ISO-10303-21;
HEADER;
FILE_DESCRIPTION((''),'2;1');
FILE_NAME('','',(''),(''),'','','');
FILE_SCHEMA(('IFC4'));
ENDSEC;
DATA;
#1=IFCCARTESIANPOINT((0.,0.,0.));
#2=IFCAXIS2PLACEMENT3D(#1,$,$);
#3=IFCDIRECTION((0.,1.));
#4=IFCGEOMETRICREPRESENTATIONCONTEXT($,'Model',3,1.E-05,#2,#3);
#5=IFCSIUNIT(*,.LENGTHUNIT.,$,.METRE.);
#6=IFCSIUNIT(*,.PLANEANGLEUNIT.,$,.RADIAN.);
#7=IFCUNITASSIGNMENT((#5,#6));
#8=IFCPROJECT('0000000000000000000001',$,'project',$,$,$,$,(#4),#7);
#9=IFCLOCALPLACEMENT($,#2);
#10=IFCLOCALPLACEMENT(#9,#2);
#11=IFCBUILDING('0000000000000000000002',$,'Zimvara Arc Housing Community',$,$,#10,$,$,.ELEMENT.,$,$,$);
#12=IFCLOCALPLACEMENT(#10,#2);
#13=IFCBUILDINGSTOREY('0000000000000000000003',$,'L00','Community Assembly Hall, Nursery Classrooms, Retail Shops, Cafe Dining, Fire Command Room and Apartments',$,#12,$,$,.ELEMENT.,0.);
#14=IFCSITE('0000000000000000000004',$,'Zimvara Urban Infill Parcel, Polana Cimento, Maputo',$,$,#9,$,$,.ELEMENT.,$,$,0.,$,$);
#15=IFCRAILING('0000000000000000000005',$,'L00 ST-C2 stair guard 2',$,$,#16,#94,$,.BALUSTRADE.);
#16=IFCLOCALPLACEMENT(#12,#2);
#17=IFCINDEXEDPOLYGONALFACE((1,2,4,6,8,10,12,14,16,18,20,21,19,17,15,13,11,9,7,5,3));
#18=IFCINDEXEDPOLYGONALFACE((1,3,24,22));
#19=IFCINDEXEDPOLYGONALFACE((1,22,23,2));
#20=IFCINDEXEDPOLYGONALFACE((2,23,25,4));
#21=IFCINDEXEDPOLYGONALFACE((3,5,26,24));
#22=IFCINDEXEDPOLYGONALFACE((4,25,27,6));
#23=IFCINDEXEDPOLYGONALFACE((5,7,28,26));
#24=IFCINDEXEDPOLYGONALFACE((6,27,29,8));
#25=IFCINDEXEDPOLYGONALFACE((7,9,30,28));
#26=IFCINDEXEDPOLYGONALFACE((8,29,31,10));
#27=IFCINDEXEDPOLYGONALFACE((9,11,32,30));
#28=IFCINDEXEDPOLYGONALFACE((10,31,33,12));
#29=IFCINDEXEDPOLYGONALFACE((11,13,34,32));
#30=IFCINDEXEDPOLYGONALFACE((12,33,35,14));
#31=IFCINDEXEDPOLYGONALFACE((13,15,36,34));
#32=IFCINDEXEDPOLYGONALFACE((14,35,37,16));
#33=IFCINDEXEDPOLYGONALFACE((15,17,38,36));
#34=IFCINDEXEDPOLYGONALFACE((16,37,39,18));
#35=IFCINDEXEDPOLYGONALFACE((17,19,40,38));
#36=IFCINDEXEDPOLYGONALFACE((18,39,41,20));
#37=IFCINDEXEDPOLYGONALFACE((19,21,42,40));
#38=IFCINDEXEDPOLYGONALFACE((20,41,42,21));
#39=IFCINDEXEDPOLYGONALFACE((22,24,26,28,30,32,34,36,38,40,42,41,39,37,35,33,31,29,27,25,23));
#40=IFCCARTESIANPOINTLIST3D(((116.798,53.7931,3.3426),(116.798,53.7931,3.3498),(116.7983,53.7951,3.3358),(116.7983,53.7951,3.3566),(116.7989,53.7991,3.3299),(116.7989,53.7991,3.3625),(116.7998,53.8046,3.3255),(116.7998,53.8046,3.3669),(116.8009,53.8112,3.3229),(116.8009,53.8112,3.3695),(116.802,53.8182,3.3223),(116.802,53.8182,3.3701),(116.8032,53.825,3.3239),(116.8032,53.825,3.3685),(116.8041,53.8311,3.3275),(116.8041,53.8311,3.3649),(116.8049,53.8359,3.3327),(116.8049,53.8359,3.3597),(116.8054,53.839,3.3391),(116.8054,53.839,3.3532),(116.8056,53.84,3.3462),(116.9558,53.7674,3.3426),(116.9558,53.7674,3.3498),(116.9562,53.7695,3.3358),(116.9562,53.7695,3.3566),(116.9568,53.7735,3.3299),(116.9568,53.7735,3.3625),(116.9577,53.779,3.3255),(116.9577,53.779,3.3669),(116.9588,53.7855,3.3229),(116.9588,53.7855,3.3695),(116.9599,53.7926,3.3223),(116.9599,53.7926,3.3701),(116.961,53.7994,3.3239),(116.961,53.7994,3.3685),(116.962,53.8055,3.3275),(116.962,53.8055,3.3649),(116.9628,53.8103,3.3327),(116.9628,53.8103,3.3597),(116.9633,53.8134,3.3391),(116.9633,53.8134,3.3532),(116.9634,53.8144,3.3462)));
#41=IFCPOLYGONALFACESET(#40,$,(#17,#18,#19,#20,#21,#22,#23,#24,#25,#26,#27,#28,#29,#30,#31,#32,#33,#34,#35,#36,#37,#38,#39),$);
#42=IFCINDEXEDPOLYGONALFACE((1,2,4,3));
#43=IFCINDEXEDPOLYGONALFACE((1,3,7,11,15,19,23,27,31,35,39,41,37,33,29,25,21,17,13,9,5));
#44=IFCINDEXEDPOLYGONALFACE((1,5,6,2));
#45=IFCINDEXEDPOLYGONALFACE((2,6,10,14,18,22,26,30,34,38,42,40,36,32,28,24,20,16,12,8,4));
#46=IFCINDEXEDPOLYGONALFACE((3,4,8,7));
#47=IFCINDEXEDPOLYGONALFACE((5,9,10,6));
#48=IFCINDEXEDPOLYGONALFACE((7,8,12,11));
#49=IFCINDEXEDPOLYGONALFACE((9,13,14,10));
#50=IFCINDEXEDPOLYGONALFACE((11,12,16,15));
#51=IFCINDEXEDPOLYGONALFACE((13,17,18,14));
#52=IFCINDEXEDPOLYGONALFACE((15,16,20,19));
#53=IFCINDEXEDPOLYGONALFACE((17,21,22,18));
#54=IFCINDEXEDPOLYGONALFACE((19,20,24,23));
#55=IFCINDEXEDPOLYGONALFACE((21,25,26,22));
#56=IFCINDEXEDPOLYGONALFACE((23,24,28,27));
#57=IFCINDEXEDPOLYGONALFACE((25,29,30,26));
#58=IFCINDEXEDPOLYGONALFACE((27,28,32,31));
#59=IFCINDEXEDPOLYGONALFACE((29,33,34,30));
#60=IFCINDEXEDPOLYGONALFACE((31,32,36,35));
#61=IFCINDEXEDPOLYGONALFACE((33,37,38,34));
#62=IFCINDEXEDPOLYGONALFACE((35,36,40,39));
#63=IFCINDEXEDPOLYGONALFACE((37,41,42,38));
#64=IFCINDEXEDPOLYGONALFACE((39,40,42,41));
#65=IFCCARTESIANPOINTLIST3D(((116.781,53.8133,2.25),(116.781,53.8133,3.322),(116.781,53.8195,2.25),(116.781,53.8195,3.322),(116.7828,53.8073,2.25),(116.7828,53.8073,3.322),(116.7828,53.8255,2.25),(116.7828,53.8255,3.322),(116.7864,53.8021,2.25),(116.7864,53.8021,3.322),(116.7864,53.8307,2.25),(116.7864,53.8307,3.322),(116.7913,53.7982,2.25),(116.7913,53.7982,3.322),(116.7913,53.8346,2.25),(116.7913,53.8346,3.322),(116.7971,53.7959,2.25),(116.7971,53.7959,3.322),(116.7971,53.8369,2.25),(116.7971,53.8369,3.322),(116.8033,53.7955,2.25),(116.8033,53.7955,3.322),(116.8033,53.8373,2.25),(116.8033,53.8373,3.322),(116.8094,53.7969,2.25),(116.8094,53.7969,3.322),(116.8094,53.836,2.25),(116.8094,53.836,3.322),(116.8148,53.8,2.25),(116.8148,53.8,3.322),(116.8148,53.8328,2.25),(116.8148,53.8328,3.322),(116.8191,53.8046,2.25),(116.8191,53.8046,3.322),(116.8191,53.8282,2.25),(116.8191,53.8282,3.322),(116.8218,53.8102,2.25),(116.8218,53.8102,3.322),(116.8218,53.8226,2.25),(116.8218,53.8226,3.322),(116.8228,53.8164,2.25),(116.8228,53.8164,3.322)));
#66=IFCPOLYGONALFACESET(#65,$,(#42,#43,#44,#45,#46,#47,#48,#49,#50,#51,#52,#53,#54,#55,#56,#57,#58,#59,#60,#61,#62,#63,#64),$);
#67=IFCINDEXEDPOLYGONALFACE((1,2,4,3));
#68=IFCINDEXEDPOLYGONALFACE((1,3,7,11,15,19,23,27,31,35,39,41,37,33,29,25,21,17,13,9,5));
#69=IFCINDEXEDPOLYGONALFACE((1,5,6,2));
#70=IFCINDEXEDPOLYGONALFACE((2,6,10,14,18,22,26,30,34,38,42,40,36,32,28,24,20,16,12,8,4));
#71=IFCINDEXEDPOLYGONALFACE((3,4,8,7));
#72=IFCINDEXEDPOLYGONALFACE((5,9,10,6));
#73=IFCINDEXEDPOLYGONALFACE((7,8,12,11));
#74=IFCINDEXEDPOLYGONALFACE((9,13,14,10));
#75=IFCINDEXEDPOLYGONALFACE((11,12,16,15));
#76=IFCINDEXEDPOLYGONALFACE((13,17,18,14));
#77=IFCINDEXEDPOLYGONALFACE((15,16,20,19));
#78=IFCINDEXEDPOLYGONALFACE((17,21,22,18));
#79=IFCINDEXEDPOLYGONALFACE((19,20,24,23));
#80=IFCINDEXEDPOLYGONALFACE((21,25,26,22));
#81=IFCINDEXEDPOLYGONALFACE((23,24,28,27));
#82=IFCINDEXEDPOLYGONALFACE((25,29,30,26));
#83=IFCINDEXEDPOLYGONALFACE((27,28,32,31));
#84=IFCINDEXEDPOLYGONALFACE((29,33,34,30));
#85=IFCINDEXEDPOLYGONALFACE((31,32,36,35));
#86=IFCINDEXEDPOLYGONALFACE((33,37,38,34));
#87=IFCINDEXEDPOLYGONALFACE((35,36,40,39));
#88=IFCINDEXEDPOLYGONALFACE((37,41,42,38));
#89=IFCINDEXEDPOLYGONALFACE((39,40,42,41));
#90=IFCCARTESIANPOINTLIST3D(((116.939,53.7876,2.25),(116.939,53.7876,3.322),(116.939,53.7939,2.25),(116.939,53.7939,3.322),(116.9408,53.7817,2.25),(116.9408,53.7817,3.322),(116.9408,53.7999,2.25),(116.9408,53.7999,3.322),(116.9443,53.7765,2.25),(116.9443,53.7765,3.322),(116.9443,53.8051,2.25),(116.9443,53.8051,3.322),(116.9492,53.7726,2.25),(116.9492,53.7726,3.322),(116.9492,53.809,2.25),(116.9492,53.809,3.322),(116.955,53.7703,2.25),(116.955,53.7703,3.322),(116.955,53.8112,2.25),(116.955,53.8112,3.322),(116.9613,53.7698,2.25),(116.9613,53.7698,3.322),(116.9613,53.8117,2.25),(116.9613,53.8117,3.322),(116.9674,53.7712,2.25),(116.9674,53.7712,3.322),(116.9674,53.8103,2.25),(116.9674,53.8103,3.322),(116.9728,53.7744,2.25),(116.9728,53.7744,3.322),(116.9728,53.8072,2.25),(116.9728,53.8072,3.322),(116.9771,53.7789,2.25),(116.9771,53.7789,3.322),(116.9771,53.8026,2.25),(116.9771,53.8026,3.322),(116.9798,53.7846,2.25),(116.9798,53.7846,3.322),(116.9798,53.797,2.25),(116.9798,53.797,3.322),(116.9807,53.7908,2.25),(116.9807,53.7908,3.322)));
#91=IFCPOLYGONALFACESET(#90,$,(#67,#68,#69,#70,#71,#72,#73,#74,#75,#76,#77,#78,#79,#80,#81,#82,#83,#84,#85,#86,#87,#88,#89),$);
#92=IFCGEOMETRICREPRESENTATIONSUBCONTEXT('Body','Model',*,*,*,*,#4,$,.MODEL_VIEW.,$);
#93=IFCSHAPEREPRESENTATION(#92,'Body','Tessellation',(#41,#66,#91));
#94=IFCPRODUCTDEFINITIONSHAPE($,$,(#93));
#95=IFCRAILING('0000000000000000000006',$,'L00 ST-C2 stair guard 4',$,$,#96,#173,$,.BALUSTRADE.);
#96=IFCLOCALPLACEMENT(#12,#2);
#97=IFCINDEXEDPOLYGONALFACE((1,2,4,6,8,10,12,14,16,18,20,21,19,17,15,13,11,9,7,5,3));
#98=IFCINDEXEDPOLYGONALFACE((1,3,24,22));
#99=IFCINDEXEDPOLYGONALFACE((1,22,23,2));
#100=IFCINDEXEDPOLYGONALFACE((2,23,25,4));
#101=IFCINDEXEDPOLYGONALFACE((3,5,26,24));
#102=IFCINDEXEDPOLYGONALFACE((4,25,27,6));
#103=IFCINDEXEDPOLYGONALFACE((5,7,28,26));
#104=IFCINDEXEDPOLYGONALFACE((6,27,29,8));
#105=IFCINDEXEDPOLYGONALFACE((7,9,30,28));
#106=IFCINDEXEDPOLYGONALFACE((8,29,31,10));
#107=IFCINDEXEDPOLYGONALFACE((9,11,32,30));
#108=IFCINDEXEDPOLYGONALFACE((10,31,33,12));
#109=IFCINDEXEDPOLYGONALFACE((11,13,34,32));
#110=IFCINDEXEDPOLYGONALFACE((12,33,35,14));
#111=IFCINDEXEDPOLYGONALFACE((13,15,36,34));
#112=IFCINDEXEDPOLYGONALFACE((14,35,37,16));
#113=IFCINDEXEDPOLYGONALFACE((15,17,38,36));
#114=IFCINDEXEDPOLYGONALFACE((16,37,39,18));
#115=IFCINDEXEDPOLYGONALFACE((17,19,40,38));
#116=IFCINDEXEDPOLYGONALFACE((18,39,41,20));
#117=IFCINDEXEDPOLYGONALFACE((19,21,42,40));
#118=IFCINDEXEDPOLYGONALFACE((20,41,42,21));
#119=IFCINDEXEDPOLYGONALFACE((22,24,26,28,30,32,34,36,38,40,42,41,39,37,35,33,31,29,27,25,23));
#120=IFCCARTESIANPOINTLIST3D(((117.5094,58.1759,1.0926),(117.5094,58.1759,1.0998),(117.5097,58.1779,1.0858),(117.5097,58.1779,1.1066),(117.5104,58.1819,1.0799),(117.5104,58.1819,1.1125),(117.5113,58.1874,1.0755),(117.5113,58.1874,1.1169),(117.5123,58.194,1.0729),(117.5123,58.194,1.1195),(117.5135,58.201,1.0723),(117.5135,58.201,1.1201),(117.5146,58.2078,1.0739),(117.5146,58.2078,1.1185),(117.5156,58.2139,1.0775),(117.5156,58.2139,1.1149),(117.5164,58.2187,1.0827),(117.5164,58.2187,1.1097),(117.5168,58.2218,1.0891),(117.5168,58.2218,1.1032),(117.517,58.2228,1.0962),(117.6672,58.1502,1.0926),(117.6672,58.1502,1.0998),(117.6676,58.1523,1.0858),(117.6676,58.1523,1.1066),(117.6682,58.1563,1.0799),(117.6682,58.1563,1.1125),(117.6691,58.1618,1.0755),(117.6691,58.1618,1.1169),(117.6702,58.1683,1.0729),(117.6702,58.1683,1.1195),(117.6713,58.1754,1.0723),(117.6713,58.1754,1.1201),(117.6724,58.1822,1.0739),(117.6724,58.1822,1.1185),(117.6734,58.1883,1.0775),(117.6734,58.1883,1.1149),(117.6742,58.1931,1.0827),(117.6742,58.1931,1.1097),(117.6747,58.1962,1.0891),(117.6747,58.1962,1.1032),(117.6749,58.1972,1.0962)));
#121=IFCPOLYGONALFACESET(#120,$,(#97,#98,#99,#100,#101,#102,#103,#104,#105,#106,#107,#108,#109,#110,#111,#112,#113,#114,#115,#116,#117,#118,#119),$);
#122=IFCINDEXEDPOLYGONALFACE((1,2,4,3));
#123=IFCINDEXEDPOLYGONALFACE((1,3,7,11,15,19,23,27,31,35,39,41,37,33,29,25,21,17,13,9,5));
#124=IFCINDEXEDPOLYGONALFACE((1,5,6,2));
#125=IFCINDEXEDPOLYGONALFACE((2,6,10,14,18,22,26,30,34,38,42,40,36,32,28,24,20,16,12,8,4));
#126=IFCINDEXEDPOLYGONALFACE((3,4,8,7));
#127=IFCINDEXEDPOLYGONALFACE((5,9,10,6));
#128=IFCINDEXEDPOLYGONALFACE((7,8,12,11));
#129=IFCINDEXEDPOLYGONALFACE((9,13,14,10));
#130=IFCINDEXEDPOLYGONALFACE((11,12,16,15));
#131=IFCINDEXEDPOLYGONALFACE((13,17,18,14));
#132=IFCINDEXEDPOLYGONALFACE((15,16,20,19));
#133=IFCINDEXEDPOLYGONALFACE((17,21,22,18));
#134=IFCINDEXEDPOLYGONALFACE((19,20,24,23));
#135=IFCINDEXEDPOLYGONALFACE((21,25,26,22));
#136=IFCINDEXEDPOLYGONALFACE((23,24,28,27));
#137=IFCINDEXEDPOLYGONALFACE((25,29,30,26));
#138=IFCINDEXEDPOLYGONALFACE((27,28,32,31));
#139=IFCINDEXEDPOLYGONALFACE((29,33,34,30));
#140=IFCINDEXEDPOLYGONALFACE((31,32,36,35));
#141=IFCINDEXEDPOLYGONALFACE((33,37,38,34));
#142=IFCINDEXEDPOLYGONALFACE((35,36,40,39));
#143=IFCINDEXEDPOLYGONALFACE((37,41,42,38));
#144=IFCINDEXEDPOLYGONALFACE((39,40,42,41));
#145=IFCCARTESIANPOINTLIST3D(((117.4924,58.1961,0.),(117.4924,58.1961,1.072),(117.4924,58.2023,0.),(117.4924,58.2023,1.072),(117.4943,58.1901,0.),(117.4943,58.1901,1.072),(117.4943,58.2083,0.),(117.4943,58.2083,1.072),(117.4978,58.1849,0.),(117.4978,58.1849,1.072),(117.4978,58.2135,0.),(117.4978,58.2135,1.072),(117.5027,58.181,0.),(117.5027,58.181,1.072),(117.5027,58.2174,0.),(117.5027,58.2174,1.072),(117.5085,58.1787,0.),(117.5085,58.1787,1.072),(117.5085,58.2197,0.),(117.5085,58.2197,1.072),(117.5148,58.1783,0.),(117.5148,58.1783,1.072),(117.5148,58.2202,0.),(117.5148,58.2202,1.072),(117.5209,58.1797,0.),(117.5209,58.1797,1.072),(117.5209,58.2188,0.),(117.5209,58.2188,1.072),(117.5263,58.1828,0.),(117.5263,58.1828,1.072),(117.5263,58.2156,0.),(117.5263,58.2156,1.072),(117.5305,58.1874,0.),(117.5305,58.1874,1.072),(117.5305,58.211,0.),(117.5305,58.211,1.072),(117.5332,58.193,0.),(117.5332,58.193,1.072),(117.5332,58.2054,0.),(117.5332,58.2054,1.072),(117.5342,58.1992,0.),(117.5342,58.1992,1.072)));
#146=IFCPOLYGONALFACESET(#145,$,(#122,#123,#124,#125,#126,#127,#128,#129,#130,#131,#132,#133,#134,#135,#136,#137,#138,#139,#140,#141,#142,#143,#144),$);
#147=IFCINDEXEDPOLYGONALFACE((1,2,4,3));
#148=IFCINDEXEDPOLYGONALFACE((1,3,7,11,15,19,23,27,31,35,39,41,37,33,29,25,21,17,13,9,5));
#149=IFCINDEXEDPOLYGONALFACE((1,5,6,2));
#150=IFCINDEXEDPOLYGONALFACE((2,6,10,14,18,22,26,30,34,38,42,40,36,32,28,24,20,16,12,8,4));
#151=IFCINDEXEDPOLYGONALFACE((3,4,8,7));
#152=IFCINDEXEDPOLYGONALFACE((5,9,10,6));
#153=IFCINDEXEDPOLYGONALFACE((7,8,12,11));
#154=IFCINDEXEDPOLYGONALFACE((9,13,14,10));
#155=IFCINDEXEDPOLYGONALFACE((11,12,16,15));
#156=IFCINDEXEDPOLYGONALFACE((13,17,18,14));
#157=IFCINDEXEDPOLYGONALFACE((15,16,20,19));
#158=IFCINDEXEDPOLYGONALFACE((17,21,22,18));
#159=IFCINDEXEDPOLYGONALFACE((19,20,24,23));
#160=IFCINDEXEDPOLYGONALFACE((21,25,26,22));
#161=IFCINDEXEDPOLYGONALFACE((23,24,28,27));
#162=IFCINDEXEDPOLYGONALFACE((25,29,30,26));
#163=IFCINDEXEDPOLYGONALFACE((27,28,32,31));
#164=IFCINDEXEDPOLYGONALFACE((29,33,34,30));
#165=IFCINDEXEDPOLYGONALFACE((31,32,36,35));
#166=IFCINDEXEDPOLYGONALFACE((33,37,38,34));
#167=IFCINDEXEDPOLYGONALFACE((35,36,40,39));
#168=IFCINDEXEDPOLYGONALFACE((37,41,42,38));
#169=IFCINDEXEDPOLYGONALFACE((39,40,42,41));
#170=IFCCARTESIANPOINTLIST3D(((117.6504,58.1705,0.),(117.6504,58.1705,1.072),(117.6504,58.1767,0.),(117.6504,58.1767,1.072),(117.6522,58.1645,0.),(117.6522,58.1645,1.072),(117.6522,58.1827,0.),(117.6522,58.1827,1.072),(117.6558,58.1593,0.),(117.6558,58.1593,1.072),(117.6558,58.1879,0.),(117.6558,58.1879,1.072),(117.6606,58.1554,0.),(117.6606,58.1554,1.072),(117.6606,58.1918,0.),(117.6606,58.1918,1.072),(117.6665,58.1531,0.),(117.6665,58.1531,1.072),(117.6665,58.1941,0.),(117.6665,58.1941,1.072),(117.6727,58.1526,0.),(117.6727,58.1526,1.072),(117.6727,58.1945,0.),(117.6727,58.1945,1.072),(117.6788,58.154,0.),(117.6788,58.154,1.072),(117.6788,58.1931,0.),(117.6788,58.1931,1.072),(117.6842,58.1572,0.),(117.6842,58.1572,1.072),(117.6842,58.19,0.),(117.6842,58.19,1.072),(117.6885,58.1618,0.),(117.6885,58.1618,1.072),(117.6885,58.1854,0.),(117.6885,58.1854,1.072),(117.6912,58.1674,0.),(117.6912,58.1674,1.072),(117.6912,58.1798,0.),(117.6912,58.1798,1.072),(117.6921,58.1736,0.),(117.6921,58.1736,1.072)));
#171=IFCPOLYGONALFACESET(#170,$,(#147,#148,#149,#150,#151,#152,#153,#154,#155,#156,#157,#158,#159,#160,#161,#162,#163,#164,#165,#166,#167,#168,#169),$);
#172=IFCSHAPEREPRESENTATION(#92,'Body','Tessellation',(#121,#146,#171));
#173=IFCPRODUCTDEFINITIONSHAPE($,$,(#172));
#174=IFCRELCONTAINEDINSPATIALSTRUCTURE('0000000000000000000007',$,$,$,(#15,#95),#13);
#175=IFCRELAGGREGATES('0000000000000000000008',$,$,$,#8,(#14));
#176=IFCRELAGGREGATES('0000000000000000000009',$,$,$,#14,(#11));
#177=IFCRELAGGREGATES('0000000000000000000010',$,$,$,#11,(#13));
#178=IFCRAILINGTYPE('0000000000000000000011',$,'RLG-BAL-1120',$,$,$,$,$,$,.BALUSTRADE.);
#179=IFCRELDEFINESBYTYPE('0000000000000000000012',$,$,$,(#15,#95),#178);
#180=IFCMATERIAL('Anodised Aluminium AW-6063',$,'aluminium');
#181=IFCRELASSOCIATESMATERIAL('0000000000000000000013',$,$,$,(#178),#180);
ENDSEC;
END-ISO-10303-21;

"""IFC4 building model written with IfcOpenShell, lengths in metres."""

from ifc_helpers import new_model, si_unit, direction, frame, origin, origin_2d, place, context, subcontext, project, spatial, circle, extrude, material, type_object, element, save


model = new_model("IFC4")

# Units and contexts
model_context = context("Model", 3, precision=1e-05, world=origin(), true_north=direction((0.0, 1.0)))
body_context = subcontext(model_context, "Body", "Model", "MODEL_VIEW")
ifc_project = project(units=[si_unit("LENGTHUNIT", "METRE"), si_unit("PLANEANGLEUNIT", "RADIAN")], contexts=[model_context])

# Site, building, storey
site_placement = place(None, origin())
site = spatial("IfcSite", under=ifc_project, at=site_placement, Name="Zimvara Urban Infill Parcel, Polana Cimento, Maputo", CompositionType="ELEMENT", RefElevation=0.0)
building_placement = place(site_placement, origin())
building = spatial("IfcBuilding", under=site, at=building_placement, Name="Zimvara Arc Housing Community", CompositionType="ELEMENT")
storey_placement = place(building_placement, origin())
storey = spatial("IfcBuildingStorey", under=building, at=storey_placement, Name="L00", Description="Community Assembly Hall, Nursery Classrooms, Retail Shops, Cafe Dining, Fire Command Room and Apartments", CompositionType="ELEMENT", Elevation=0.0)

# Railings
ifc_material_1 = material(Name="Anodised Aluminium AW-6063", Category="aluminium")
railing_type_1 = type_object("IfcRailingType", Name="RLG-BAL-1120", PredefinedType="BALUSTRADE", material=ifc_material_1)
railing_1_placement = place(storey_placement, frame((116.8018, 53.8164, 2.25)))
element("IfcRailing", 1, at=railing_1_placement, inside=storey, type_object=railing_type_1, Name="L00 ST-C2 stair guard 2", PredefinedType="BALUSTRADE", context=body_context, shape_type="SweptSolid", body=[
    extrude(circle(Radius=0.0239, at=origin_2d()), frame((0.0, 0.0, 1.0962), z_axis=(0.987086, -0.160192, 0.0), x_axis=(0.160192, 0.987086, 0.0)), (0.0, 0.0, 1.0), 0.1599),
    extrude(circle(Radius=0.021, at=origin_2d()), origin(), (0.0, 0.0, 1.0), 1.072),
    extrude(circle(Radius=0.021, at=origin_2d()), frame((0.158, -0.0256, 0.0)), (0.0, 0.0, 1.0), 1.072),
])
railing_2_placement = place(storey_placement, frame((117.5132, 58.1992, 0.0)))
element("IfcRailing", 2, at=railing_2_placement, inside=storey, type_object=railing_type_1, Name="L00 ST-C2 stair guard 4", PredefinedType="BALUSTRADE", context=body_context, shape_type="SweptSolid", body=[
    extrude(circle(Radius=0.0239, at=origin_2d()), frame((0.0, 0.0, 1.0962), z_axis=(0.987086, -0.160192, 0.0), x_axis=(0.160192, 0.987086, 0.0)), (0.0, 0.0, 1.0), 0.1599),
    extrude(circle(Radius=0.021, at=origin_2d()), origin(), (0.0, 0.0, 1.0), 1.072),
    extrude(circle(Radius=0.021, at=origin_2d()), frame((0.158, -0.0256, 0.0)), (0.0, 0.0, 1.0), 1.072),
])

save(model, "model.ifc")
